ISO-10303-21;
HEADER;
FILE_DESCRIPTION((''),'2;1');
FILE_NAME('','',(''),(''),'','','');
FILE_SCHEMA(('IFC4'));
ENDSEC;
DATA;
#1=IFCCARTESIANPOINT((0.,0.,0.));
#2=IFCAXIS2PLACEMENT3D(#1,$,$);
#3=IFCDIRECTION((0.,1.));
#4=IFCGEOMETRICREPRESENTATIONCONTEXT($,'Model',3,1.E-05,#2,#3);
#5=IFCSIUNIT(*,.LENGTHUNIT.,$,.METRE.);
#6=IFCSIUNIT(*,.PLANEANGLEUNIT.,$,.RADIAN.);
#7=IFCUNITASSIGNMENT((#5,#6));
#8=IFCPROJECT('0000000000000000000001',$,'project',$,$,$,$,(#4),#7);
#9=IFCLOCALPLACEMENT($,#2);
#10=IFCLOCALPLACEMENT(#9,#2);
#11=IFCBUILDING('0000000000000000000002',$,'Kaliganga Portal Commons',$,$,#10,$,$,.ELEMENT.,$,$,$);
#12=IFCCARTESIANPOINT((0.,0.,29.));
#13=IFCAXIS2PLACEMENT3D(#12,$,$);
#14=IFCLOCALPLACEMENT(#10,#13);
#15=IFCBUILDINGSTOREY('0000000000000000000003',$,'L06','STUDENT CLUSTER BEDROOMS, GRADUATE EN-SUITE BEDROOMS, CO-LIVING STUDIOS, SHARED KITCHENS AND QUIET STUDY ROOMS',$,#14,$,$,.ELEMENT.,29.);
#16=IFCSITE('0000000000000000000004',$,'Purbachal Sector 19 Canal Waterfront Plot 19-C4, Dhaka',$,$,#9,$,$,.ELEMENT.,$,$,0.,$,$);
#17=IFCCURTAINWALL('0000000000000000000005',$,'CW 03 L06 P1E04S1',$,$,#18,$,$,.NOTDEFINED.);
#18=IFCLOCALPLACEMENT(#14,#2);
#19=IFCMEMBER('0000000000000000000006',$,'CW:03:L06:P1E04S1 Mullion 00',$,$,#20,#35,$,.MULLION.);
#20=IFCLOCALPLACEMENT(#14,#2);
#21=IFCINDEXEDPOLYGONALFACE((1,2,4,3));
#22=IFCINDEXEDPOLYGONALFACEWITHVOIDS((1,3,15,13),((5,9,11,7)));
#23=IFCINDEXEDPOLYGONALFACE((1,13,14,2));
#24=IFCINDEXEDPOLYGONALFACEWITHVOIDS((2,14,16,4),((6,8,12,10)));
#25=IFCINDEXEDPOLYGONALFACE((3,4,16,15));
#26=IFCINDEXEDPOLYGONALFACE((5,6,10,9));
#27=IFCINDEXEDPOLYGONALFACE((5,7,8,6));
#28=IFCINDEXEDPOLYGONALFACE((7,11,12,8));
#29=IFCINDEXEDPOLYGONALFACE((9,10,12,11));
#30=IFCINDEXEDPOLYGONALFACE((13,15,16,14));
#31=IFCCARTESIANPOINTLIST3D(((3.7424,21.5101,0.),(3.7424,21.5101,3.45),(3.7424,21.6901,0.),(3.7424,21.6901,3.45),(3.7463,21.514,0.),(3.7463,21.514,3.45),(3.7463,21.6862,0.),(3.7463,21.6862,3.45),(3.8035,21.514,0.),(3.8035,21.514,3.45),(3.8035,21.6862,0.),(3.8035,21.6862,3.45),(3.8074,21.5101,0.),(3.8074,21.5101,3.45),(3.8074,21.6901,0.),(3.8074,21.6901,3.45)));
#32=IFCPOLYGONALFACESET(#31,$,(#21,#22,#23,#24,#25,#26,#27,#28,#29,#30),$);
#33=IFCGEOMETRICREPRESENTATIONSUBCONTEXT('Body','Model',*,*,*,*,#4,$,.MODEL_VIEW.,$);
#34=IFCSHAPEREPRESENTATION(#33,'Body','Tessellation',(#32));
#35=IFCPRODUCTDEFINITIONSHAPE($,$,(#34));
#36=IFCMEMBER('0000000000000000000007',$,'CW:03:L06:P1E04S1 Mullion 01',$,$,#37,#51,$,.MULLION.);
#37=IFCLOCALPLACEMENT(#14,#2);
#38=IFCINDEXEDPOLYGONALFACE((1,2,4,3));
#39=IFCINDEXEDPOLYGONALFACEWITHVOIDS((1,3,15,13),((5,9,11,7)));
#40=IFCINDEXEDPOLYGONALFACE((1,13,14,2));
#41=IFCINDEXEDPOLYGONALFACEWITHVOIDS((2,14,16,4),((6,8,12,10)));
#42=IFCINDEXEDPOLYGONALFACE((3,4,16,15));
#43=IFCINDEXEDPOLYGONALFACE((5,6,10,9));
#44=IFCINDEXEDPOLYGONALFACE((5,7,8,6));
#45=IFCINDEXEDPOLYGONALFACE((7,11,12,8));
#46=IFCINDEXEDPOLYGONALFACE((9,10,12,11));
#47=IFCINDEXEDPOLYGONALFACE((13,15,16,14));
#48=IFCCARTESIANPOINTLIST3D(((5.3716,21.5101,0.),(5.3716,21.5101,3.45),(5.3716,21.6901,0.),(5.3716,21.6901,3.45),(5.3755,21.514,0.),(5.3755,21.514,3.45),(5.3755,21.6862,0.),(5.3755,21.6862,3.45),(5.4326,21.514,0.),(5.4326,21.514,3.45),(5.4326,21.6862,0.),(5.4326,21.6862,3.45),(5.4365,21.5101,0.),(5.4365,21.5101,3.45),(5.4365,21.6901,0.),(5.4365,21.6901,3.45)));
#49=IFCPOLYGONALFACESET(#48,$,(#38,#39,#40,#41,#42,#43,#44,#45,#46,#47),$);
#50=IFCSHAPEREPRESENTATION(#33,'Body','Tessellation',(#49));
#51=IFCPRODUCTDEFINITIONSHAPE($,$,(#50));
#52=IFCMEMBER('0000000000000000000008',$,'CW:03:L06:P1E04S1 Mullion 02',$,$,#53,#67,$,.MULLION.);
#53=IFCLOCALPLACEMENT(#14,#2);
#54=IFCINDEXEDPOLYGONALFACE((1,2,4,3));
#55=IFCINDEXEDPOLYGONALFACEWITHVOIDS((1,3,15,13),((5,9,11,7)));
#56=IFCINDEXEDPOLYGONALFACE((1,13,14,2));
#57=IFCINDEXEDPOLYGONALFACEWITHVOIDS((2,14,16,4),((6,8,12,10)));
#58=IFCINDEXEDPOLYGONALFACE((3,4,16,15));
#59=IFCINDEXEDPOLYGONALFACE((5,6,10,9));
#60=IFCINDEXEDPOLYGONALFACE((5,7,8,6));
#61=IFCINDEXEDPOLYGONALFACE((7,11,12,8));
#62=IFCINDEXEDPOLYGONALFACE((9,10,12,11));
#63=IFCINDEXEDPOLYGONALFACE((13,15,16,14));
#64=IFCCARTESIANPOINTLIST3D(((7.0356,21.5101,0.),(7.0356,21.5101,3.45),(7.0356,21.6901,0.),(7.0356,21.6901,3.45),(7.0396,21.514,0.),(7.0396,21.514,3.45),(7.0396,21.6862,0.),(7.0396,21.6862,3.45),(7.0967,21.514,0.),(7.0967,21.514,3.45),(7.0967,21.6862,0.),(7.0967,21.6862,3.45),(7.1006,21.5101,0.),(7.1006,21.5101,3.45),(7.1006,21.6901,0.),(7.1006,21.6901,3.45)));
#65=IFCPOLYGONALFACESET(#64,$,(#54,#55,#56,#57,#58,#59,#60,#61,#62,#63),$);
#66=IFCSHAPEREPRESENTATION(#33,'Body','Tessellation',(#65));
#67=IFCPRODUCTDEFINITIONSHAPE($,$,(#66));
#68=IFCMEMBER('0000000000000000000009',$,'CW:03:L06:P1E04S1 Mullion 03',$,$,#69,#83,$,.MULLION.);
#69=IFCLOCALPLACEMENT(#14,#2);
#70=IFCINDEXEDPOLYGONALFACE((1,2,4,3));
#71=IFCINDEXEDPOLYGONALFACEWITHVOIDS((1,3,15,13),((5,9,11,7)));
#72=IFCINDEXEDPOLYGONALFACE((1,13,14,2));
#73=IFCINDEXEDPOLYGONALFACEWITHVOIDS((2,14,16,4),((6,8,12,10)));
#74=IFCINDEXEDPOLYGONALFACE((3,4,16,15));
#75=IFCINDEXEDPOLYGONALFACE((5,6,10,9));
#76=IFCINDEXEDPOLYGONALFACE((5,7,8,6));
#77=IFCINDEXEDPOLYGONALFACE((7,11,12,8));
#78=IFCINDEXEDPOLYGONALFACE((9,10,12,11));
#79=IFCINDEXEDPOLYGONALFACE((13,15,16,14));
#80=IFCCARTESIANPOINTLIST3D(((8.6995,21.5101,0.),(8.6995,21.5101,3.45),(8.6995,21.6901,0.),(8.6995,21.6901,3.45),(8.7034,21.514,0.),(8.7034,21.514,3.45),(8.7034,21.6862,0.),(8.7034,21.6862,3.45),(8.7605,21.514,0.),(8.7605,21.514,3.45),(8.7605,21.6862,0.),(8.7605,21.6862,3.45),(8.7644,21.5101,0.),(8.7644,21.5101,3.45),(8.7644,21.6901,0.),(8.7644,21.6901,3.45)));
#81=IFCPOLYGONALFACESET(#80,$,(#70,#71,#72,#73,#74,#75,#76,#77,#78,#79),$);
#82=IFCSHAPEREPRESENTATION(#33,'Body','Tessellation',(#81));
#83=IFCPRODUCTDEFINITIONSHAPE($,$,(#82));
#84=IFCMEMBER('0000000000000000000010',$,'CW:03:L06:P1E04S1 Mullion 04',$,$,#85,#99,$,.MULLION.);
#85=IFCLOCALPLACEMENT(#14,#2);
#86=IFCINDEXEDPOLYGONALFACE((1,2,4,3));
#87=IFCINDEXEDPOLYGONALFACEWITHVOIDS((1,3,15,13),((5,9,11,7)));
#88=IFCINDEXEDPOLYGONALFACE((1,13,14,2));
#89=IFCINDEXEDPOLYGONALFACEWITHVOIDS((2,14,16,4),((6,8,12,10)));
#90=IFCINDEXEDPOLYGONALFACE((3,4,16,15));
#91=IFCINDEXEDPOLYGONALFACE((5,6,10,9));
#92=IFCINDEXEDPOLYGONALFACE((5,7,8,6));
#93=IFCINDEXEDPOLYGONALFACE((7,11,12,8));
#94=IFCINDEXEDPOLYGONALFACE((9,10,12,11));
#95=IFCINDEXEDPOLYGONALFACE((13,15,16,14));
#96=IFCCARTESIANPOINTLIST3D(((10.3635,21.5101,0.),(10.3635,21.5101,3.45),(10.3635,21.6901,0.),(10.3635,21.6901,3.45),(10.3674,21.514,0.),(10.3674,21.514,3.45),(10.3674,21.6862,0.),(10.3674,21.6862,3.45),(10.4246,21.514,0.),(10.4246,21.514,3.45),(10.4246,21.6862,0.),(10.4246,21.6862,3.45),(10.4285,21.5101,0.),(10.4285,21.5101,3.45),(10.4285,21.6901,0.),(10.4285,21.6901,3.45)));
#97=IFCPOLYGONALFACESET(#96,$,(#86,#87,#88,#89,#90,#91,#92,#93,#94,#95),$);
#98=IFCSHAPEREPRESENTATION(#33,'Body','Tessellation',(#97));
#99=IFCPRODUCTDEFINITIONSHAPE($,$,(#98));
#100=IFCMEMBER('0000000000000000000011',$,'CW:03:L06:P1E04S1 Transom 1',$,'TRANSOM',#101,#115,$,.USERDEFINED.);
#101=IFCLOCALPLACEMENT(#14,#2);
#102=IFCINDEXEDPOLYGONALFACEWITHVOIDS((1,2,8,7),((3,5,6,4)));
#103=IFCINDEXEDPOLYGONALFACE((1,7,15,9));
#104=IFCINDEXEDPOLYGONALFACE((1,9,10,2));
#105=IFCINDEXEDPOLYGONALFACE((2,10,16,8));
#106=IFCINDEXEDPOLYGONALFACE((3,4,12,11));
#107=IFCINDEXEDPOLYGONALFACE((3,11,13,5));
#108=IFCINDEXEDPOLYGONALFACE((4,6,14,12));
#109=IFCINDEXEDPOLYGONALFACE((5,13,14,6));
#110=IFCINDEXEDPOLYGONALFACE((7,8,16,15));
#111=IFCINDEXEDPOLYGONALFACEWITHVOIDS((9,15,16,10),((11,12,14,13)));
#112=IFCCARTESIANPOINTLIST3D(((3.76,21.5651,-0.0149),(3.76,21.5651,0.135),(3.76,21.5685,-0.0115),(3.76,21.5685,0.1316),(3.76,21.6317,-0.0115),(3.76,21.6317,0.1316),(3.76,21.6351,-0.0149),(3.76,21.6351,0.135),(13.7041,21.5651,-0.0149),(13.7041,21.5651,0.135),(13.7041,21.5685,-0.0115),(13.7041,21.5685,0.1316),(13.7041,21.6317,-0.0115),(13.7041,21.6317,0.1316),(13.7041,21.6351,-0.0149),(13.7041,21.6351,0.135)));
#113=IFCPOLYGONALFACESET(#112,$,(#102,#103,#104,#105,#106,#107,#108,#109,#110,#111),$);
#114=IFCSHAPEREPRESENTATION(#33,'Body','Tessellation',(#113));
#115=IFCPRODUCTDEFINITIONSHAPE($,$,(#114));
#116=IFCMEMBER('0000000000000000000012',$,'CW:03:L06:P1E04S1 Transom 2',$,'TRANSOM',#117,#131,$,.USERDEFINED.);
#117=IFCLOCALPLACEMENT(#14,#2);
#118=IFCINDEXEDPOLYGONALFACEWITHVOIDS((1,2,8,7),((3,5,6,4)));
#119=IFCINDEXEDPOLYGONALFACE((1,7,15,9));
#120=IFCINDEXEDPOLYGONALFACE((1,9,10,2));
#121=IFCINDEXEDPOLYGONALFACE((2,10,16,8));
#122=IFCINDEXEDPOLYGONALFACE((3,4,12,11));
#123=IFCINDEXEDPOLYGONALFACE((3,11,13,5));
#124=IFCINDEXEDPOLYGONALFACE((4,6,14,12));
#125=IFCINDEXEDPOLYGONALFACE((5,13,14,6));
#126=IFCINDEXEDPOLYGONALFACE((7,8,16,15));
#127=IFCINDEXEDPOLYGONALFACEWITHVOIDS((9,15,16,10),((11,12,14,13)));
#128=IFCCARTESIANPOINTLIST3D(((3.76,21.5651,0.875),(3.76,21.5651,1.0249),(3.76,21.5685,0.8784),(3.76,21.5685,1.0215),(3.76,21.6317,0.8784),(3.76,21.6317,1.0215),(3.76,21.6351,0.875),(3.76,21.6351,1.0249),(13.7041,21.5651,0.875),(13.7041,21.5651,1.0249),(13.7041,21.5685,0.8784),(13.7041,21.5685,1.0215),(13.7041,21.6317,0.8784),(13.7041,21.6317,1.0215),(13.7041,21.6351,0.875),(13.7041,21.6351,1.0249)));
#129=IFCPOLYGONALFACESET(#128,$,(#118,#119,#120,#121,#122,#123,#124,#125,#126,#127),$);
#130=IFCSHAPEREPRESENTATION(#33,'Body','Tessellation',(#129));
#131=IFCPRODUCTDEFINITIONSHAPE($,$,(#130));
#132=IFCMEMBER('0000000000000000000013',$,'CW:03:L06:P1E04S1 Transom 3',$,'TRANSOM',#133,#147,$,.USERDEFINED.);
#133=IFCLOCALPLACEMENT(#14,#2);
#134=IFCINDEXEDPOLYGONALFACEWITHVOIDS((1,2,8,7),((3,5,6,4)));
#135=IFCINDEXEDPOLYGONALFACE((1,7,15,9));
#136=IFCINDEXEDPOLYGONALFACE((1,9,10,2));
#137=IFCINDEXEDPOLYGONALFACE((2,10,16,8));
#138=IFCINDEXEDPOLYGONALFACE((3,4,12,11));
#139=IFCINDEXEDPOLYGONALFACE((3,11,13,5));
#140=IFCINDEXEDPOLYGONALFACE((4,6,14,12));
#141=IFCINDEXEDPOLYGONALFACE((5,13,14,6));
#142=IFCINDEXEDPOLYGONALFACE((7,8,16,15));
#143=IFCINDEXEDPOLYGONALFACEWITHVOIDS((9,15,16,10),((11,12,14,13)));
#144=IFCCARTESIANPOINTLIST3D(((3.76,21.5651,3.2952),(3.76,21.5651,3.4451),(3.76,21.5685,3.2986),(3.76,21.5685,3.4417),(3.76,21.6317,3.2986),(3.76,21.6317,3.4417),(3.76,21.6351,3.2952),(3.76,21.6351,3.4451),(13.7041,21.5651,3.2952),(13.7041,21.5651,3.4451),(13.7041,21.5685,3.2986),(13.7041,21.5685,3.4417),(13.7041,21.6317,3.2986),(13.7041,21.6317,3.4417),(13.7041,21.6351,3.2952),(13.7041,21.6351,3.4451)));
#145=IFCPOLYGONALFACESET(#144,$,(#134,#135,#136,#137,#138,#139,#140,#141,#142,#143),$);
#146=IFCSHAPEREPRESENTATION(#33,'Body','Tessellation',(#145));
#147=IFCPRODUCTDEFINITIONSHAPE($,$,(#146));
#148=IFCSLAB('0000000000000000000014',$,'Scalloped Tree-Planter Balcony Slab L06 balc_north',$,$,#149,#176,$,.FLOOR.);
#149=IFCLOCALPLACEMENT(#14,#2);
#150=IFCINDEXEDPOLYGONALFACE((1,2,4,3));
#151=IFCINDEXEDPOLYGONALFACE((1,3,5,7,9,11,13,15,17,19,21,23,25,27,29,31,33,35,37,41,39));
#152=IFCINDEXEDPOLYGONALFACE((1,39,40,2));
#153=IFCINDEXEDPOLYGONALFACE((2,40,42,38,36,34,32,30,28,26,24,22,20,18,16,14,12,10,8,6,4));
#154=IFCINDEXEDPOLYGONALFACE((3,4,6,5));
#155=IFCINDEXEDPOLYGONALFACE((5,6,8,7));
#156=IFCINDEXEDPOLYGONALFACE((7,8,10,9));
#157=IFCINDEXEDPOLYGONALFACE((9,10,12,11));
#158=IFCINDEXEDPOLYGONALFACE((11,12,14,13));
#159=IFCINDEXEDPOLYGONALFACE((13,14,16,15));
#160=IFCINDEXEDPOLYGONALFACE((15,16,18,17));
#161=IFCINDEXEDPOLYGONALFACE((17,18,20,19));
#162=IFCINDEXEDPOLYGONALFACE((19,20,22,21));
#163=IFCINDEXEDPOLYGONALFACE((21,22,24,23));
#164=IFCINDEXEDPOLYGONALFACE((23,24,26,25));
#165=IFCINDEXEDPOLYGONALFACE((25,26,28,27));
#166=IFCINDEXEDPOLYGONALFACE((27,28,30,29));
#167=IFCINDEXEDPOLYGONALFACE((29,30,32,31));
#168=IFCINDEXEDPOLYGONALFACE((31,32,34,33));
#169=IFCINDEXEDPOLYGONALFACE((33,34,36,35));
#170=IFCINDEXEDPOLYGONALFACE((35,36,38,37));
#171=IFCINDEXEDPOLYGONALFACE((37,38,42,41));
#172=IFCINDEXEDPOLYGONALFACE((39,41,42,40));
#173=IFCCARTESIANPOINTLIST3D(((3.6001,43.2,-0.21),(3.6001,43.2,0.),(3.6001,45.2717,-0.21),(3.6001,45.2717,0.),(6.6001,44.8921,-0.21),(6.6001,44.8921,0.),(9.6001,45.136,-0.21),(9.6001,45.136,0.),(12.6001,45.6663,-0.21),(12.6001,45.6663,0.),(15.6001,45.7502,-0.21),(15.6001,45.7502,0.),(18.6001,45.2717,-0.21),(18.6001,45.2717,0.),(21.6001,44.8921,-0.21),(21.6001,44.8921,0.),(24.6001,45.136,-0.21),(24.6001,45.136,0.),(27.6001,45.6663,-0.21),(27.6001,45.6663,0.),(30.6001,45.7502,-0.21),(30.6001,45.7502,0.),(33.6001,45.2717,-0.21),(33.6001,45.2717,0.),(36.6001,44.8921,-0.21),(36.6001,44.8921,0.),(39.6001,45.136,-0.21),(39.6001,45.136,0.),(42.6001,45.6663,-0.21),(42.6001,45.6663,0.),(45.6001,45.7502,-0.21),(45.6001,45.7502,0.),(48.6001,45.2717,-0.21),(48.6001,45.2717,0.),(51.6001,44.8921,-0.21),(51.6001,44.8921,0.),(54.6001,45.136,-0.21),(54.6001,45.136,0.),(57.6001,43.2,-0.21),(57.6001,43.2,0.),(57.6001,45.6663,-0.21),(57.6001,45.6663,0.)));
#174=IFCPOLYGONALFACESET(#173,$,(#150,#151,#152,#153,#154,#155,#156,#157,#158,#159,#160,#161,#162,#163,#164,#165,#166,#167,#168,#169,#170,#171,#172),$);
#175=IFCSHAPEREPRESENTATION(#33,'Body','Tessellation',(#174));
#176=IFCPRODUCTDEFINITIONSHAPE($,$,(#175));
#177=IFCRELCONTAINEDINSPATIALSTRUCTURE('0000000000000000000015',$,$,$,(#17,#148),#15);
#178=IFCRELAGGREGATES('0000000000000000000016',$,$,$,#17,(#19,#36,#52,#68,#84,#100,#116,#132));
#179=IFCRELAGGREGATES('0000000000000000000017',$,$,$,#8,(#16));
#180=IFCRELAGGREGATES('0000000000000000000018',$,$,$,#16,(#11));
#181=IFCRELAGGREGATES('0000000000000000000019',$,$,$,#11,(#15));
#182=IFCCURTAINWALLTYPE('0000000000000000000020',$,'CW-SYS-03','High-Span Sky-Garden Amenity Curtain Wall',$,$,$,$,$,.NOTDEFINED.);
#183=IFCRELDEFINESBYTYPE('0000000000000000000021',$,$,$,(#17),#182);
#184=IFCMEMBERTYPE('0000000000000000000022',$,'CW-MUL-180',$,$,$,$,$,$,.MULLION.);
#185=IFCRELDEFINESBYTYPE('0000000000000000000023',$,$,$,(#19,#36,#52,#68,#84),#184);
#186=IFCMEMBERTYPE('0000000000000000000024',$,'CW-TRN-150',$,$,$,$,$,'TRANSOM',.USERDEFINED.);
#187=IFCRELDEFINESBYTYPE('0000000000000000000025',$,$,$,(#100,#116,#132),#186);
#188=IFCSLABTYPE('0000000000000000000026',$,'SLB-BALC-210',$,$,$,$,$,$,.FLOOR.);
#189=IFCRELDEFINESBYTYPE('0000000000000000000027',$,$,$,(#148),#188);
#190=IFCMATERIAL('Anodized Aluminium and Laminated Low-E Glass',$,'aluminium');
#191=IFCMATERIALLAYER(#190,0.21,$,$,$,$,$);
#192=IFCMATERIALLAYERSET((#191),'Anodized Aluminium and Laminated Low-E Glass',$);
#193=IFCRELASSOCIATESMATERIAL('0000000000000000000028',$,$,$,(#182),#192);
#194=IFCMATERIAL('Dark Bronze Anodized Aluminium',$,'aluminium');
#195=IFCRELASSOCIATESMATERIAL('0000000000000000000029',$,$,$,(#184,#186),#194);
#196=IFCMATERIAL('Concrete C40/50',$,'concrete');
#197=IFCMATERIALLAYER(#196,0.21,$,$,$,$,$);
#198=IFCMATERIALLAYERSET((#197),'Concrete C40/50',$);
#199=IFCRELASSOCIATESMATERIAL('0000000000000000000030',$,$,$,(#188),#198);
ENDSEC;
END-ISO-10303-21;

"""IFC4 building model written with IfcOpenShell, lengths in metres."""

from ifc_helpers import new_model, si_unit, direction, frame, origin, origin_2d, place, context, subcontext, project, spatial, polyline, hollow_rectangle, outline, extrude, source, transform, mapped, material, layer, layer_set, material_profile, profile_set, type_object, element, aggregate, save


model = new_model("IFC4")

# Units and contexts
model_context = context("Model", 3, precision=1e-05, world=origin(), true_north=direction((0.0, 1.0)))
body_context = subcontext(model_context, "Body", "Model", "MODEL_VIEW")
ifc_project = project(units=[si_unit("LENGTHUNIT", "METRE"), si_unit("PLANEANGLEUNIT", "RADIAN")], contexts=[model_context])

# Site, building, storey
site_placement = place(None, origin())
site = spatial("IfcSite", under=ifc_project, at=site_placement, Name="Purbachal Sector 19 Canal Waterfront Plot 19-C4, Dhaka", CompositionType="ELEMENT", RefElevation=0.0)
building_placement = place(site_placement, origin())
building = spatial("IfcBuilding", under=site, at=building_placement, Name="Kaliganga Portal Commons", CompositionType="ELEMENT")
storey_placement = place(building_placement, frame((0.0, 0.0, 29.0)))
storey = spatial("IfcBuildingStorey", under=building, at=storey_placement, Name="L06", Description="STUDENT CLUSTER BEDROOMS, GRADUATE EN-SUITE BEDROOMS, CO-LIVING STUDIOS, SHARED KITCHENS AND QUIET STUDY ROOMS", CompositionType="ELEMENT", Elevation=29.0)

# Curtain wall, members
ifc_material_1 = material(Name="Anodized Aluminium and Laminated Low-E Glass", Category="aluminium")
ifc_layer_1 = layer(ifc_material_1, 0.21)
ifc_layer_set_1 = layer_set([ifc_layer_1], Name="Anodized Aluminium and Laminated Low-E Glass")
curtain_wall_type = type_object("IfcCurtainWallType", Name="CW-SYS-03", Description="High-Span Sky-Garden Amenity Curtain Wall", PredefinedType="NOTDEFINED", material=ifc_layer_set_1)
curtain_wall_placement = place(storey_placement, origin())
curtain_wall = element("IfcCurtainWall", 1, at=curtain_wall_placement, inside=storey, type_object=curtain_wall_type, Name="CW 03 L06 P1E04S1", PredefinedType="NOTDEFINED")
ifc_material_2 = material(Name="Dark Bronze Anodized Aluminium", Category="aluminium")
ifc_material_profile_1 = material_profile(ifc_material_2, hollow_rectangle(XDim=0.0649, YDim=0.1799, WallThickness=0.0039, at=origin_2d()), Name="ALU MULL 65x180x4")
ifc_profile_set_1 = profile_set([ifc_material_profile_1], Name="Dark Bronze Anodized Aluminium")
member_type_1 = type_object("IfcMemberType", Name="CW-MUL-180", PredefinedType="MULLION", material=ifc_profile_set_1)
shared_shape_1 = source(origin(), body_context, "Body", "SweptSolid", [
    extrude(hollow_rectangle(XDim=0.0649, YDim=0.1799, WallThickness=0.0039, at=origin_2d()), origin(), (0.0, 0.0, 1.0), 3.45),
])
member_1_placement = place(storey_placement, frame((3.7749, 21.6001, 0.0), z_axis=(0.0, 0.0, 1.0), x_axis=(1.0, 0.0, 0.0)))
member_1 = element("IfcMember", 2, at=member_1_placement, type_object=member_type_1, Name="CW:03:L06:P1E04S1 Mullion 00", PredefinedType="MULLION", context=body_context, shape_type="MappedRepresentation", body=[
    mapped(shared_shape_1, transform((0.0, 0.0, 0.0), x_axis=(1.0, 0.0, 0.0), y_axis=(0.0, 1.0, 0.0), z_axis=(0.0, 0.0, 1.0), scale=1.0)),
])
member_2_placement = place(storey_placement, frame((5.4041, 21.6001, 0.0), z_axis=(0.0, 0.0, 1.0), x_axis=(1.0, 0.0, 0.0)))
member_2 = element("IfcMember", 3, at=member_2_placement, type_object=member_type_1, Name="CW:03:L06:P1E04S1 Mullion 01", PredefinedType="MULLION", context=body_context, shape_type="MappedRepresentation", body=[
    mapped(shared_shape_1, transform((0.0, 0.0, 0.0), x_axis=(1.0, 0.0, 0.0), y_axis=(0.0, 1.0, 0.0), z_axis=(0.0, 0.0, 1.0), scale=1.0)),
])
member_3_placement = place(storey_placement, frame((7.0681, 21.6001, 0.0), z_axis=(0.0, 0.0, 1.0), x_axis=(1.0, 0.0, 0.0)))
member_3 = element("IfcMember", 4, at=member_3_placement, type_object=member_type_1, Name="CW:03:L06:P1E04S1 Mullion 02", PredefinedType="MULLION", context=body_context, shape_type="MappedRepresentation", body=[
    mapped(shared_shape_1, transform((0.0, 0.0, 0.0), x_axis=(1.0, 0.0, 0.0), y_axis=(0.0, 1.0, 0.0), z_axis=(0.0, 0.0, 1.0), scale=1.0)),
])
member_4_placement = place(storey_placement, frame((8.7319, 21.6001, 0.0), z_axis=(0.0, 0.0, 1.0), x_axis=(1.0, 0.0, 0.0)))
member_4 = element("IfcMember", 5, at=member_4_placement, type_object=member_type_1, Name="CW:03:L06:P1E04S1 Mullion 03", PredefinedType="MULLION", context=body_context, shape_type="MappedRepresentation", body=[
    mapped(shared_shape_1, transform((0.0, 0.0, 0.0), x_axis=(1.0, 0.0, 0.0), y_axis=(0.0, 1.0, 0.0), z_axis=(0.0, 0.0, 1.0), scale=1.0)),
])
member_5_placement = place(storey_placement, frame((10.396, 21.6001, 0.0), z_axis=(0.0, 0.0, 1.0), x_axis=(1.0, 0.0, 0.0)))
member_5 = element("IfcMember", 6, at=member_5_placement, type_object=member_type_1, Name="CW:03:L06:P1E04S1 Mullion 04", PredefinedType="MULLION", context=body_context, shape_type="MappedRepresentation", body=[
    mapped(shared_shape_1, transform((0.0, 0.0, 0.0), x_axis=(1.0, 0.0, 0.0), y_axis=(0.0, 1.0, 0.0), z_axis=(0.0, 0.0, 1.0), scale=1.0)),
])
ifc_material_profile_2 = material_profile(ifc_material_2, hollow_rectangle(XDim=0.0701, YDim=0.1499, WallThickness=0.0034, at=origin_2d()), Name="ALU TRAN 70x150x3.5")
ifc_profile_set_2 = profile_set([ifc_material_profile_2], Name="Dark Bronze Anodized Aluminium")
member_type_2 = type_object("IfcMemberType", Name="CW-TRN-150", ElementType="TRANSOM", PredefinedType="USERDEFINED", material=ifc_profile_set_2)
shared_shape_2 = source(origin(), body_context, "Body", "SweptSolid", [
    extrude(hollow_rectangle(XDim=0.0701, YDim=0.1499, WallThickness=0.0034, at=origin_2d()), origin(), (0.0, 0.0, 1.0), 9.9441),
])
member_6_placement = place(storey_placement, frame((3.76, 21.6001, 0.0601), z_axis=(1.0, 0.0, 0.0), x_axis=(0.0, 1.0, 0.0)))
member_6 = element("IfcMember", 7, at=member_6_placement, type_object=member_type_2, Name="CW:03:L06:P1E04S1 Transom 1", ObjectType="TRANSOM", PredefinedType="USERDEFINED", context=body_context, shape_type="MappedRepresentation", body=[
    mapped(shared_shape_2, transform((0.0, 0.0, 0.0), x_axis=(1.0, 0.0, 0.0), y_axis=(0.0, 1.0, 0.0), z_axis=(0.0, 0.0, 1.0), scale=1.0)),
])
member_7_placement = place(storey_placement, frame((3.76, 21.6001, 0.95), z_axis=(1.0, 0.0, 0.0), x_axis=(0.0, 1.0, 0.0)))
member_7 = element("IfcMember", 8, at=member_7_placement, type_object=member_type_2, Name="CW:03:L06:P1E04S1 Transom 2", ObjectType="TRANSOM", PredefinedType="USERDEFINED", context=body_context, shape_type="MappedRepresentation", body=[
    mapped(shared_shape_2, transform((0.0, 0.0, 0.0), x_axis=(1.0, 0.0, 0.0), y_axis=(0.0, 1.0, 0.0), z_axis=(0.0, 0.0, 1.0), scale=1.0)),
])
member_8_placement = place(storey_placement, frame((3.76, 21.6001, 3.3701), z_axis=(1.0, 0.0, 0.0), x_axis=(0.0, 1.0, 0.0)))
member_8 = element("IfcMember", 9, at=member_8_placement, type_object=member_type_2, Name="CW:03:L06:P1E04S1 Transom 3", ObjectType="TRANSOM", PredefinedType="USERDEFINED", context=body_context, shape_type="MappedRepresentation", body=[
    mapped(shared_shape_2, transform((0.0, 0.0, 0.0), x_axis=(1.0, 0.0, 0.0), y_axis=(0.0, 1.0, 0.0), z_axis=(0.0, 0.0, 1.0), scale=1.0)),
])

# Slab
ifc_material_3 = material(Name="Concrete C40/50", Category="concrete")
ifc_layer_2 = layer(ifc_material_3, 0.21)
ifc_layer_set_2 = layer_set([ifc_layer_2], Name="Concrete C40/50")
slab_type_1 = type_object("IfcSlabType", Name="SLB-BALC-210", PredefinedType="FLOOR", material=ifc_layer_set_2)
slab_1_placement = place(storey_placement, frame((0.0, 0.0, -0.21)))
element("IfcSlab", 10, at=slab_1_placement, inside=storey, type_object=slab_type_1, Name="Scalloped Tree-Planter Balcony Slab L06 balc_north", PredefinedType="FLOOR", context=body_context, shape_type="SweptSolid", body=[
    extrude(outline(polyline([(57.6001, 43.2), (57.6001, 45.6663), (54.6001, 45.136), (51.6001, 44.8921), (48.6001, 45.2717), (45.6001, 45.7502), (42.6001, 45.6663), (39.6001, 45.136), (36.6001, 44.8921), (33.6001, 45.2717), (30.6001, 45.7502), (27.6001, 45.6663), (24.6001, 45.136), (21.6001, 44.8921), (18.6001, 45.2717), (15.6001, 45.7502), (12.6001, 45.6663), (9.6001, 45.136), (6.6001, 44.8921), (3.6001, 45.2717), (3.6001, 43.2), (57.6001, 43.2)])), origin(), (0.0, 0.0, 1.0), 0.21),
])

aggregate(curtain_wall, [member_1, member_2, member_3, member_4, member_5, member_6, member_7, member_8])

save(model, "model.ifc")
